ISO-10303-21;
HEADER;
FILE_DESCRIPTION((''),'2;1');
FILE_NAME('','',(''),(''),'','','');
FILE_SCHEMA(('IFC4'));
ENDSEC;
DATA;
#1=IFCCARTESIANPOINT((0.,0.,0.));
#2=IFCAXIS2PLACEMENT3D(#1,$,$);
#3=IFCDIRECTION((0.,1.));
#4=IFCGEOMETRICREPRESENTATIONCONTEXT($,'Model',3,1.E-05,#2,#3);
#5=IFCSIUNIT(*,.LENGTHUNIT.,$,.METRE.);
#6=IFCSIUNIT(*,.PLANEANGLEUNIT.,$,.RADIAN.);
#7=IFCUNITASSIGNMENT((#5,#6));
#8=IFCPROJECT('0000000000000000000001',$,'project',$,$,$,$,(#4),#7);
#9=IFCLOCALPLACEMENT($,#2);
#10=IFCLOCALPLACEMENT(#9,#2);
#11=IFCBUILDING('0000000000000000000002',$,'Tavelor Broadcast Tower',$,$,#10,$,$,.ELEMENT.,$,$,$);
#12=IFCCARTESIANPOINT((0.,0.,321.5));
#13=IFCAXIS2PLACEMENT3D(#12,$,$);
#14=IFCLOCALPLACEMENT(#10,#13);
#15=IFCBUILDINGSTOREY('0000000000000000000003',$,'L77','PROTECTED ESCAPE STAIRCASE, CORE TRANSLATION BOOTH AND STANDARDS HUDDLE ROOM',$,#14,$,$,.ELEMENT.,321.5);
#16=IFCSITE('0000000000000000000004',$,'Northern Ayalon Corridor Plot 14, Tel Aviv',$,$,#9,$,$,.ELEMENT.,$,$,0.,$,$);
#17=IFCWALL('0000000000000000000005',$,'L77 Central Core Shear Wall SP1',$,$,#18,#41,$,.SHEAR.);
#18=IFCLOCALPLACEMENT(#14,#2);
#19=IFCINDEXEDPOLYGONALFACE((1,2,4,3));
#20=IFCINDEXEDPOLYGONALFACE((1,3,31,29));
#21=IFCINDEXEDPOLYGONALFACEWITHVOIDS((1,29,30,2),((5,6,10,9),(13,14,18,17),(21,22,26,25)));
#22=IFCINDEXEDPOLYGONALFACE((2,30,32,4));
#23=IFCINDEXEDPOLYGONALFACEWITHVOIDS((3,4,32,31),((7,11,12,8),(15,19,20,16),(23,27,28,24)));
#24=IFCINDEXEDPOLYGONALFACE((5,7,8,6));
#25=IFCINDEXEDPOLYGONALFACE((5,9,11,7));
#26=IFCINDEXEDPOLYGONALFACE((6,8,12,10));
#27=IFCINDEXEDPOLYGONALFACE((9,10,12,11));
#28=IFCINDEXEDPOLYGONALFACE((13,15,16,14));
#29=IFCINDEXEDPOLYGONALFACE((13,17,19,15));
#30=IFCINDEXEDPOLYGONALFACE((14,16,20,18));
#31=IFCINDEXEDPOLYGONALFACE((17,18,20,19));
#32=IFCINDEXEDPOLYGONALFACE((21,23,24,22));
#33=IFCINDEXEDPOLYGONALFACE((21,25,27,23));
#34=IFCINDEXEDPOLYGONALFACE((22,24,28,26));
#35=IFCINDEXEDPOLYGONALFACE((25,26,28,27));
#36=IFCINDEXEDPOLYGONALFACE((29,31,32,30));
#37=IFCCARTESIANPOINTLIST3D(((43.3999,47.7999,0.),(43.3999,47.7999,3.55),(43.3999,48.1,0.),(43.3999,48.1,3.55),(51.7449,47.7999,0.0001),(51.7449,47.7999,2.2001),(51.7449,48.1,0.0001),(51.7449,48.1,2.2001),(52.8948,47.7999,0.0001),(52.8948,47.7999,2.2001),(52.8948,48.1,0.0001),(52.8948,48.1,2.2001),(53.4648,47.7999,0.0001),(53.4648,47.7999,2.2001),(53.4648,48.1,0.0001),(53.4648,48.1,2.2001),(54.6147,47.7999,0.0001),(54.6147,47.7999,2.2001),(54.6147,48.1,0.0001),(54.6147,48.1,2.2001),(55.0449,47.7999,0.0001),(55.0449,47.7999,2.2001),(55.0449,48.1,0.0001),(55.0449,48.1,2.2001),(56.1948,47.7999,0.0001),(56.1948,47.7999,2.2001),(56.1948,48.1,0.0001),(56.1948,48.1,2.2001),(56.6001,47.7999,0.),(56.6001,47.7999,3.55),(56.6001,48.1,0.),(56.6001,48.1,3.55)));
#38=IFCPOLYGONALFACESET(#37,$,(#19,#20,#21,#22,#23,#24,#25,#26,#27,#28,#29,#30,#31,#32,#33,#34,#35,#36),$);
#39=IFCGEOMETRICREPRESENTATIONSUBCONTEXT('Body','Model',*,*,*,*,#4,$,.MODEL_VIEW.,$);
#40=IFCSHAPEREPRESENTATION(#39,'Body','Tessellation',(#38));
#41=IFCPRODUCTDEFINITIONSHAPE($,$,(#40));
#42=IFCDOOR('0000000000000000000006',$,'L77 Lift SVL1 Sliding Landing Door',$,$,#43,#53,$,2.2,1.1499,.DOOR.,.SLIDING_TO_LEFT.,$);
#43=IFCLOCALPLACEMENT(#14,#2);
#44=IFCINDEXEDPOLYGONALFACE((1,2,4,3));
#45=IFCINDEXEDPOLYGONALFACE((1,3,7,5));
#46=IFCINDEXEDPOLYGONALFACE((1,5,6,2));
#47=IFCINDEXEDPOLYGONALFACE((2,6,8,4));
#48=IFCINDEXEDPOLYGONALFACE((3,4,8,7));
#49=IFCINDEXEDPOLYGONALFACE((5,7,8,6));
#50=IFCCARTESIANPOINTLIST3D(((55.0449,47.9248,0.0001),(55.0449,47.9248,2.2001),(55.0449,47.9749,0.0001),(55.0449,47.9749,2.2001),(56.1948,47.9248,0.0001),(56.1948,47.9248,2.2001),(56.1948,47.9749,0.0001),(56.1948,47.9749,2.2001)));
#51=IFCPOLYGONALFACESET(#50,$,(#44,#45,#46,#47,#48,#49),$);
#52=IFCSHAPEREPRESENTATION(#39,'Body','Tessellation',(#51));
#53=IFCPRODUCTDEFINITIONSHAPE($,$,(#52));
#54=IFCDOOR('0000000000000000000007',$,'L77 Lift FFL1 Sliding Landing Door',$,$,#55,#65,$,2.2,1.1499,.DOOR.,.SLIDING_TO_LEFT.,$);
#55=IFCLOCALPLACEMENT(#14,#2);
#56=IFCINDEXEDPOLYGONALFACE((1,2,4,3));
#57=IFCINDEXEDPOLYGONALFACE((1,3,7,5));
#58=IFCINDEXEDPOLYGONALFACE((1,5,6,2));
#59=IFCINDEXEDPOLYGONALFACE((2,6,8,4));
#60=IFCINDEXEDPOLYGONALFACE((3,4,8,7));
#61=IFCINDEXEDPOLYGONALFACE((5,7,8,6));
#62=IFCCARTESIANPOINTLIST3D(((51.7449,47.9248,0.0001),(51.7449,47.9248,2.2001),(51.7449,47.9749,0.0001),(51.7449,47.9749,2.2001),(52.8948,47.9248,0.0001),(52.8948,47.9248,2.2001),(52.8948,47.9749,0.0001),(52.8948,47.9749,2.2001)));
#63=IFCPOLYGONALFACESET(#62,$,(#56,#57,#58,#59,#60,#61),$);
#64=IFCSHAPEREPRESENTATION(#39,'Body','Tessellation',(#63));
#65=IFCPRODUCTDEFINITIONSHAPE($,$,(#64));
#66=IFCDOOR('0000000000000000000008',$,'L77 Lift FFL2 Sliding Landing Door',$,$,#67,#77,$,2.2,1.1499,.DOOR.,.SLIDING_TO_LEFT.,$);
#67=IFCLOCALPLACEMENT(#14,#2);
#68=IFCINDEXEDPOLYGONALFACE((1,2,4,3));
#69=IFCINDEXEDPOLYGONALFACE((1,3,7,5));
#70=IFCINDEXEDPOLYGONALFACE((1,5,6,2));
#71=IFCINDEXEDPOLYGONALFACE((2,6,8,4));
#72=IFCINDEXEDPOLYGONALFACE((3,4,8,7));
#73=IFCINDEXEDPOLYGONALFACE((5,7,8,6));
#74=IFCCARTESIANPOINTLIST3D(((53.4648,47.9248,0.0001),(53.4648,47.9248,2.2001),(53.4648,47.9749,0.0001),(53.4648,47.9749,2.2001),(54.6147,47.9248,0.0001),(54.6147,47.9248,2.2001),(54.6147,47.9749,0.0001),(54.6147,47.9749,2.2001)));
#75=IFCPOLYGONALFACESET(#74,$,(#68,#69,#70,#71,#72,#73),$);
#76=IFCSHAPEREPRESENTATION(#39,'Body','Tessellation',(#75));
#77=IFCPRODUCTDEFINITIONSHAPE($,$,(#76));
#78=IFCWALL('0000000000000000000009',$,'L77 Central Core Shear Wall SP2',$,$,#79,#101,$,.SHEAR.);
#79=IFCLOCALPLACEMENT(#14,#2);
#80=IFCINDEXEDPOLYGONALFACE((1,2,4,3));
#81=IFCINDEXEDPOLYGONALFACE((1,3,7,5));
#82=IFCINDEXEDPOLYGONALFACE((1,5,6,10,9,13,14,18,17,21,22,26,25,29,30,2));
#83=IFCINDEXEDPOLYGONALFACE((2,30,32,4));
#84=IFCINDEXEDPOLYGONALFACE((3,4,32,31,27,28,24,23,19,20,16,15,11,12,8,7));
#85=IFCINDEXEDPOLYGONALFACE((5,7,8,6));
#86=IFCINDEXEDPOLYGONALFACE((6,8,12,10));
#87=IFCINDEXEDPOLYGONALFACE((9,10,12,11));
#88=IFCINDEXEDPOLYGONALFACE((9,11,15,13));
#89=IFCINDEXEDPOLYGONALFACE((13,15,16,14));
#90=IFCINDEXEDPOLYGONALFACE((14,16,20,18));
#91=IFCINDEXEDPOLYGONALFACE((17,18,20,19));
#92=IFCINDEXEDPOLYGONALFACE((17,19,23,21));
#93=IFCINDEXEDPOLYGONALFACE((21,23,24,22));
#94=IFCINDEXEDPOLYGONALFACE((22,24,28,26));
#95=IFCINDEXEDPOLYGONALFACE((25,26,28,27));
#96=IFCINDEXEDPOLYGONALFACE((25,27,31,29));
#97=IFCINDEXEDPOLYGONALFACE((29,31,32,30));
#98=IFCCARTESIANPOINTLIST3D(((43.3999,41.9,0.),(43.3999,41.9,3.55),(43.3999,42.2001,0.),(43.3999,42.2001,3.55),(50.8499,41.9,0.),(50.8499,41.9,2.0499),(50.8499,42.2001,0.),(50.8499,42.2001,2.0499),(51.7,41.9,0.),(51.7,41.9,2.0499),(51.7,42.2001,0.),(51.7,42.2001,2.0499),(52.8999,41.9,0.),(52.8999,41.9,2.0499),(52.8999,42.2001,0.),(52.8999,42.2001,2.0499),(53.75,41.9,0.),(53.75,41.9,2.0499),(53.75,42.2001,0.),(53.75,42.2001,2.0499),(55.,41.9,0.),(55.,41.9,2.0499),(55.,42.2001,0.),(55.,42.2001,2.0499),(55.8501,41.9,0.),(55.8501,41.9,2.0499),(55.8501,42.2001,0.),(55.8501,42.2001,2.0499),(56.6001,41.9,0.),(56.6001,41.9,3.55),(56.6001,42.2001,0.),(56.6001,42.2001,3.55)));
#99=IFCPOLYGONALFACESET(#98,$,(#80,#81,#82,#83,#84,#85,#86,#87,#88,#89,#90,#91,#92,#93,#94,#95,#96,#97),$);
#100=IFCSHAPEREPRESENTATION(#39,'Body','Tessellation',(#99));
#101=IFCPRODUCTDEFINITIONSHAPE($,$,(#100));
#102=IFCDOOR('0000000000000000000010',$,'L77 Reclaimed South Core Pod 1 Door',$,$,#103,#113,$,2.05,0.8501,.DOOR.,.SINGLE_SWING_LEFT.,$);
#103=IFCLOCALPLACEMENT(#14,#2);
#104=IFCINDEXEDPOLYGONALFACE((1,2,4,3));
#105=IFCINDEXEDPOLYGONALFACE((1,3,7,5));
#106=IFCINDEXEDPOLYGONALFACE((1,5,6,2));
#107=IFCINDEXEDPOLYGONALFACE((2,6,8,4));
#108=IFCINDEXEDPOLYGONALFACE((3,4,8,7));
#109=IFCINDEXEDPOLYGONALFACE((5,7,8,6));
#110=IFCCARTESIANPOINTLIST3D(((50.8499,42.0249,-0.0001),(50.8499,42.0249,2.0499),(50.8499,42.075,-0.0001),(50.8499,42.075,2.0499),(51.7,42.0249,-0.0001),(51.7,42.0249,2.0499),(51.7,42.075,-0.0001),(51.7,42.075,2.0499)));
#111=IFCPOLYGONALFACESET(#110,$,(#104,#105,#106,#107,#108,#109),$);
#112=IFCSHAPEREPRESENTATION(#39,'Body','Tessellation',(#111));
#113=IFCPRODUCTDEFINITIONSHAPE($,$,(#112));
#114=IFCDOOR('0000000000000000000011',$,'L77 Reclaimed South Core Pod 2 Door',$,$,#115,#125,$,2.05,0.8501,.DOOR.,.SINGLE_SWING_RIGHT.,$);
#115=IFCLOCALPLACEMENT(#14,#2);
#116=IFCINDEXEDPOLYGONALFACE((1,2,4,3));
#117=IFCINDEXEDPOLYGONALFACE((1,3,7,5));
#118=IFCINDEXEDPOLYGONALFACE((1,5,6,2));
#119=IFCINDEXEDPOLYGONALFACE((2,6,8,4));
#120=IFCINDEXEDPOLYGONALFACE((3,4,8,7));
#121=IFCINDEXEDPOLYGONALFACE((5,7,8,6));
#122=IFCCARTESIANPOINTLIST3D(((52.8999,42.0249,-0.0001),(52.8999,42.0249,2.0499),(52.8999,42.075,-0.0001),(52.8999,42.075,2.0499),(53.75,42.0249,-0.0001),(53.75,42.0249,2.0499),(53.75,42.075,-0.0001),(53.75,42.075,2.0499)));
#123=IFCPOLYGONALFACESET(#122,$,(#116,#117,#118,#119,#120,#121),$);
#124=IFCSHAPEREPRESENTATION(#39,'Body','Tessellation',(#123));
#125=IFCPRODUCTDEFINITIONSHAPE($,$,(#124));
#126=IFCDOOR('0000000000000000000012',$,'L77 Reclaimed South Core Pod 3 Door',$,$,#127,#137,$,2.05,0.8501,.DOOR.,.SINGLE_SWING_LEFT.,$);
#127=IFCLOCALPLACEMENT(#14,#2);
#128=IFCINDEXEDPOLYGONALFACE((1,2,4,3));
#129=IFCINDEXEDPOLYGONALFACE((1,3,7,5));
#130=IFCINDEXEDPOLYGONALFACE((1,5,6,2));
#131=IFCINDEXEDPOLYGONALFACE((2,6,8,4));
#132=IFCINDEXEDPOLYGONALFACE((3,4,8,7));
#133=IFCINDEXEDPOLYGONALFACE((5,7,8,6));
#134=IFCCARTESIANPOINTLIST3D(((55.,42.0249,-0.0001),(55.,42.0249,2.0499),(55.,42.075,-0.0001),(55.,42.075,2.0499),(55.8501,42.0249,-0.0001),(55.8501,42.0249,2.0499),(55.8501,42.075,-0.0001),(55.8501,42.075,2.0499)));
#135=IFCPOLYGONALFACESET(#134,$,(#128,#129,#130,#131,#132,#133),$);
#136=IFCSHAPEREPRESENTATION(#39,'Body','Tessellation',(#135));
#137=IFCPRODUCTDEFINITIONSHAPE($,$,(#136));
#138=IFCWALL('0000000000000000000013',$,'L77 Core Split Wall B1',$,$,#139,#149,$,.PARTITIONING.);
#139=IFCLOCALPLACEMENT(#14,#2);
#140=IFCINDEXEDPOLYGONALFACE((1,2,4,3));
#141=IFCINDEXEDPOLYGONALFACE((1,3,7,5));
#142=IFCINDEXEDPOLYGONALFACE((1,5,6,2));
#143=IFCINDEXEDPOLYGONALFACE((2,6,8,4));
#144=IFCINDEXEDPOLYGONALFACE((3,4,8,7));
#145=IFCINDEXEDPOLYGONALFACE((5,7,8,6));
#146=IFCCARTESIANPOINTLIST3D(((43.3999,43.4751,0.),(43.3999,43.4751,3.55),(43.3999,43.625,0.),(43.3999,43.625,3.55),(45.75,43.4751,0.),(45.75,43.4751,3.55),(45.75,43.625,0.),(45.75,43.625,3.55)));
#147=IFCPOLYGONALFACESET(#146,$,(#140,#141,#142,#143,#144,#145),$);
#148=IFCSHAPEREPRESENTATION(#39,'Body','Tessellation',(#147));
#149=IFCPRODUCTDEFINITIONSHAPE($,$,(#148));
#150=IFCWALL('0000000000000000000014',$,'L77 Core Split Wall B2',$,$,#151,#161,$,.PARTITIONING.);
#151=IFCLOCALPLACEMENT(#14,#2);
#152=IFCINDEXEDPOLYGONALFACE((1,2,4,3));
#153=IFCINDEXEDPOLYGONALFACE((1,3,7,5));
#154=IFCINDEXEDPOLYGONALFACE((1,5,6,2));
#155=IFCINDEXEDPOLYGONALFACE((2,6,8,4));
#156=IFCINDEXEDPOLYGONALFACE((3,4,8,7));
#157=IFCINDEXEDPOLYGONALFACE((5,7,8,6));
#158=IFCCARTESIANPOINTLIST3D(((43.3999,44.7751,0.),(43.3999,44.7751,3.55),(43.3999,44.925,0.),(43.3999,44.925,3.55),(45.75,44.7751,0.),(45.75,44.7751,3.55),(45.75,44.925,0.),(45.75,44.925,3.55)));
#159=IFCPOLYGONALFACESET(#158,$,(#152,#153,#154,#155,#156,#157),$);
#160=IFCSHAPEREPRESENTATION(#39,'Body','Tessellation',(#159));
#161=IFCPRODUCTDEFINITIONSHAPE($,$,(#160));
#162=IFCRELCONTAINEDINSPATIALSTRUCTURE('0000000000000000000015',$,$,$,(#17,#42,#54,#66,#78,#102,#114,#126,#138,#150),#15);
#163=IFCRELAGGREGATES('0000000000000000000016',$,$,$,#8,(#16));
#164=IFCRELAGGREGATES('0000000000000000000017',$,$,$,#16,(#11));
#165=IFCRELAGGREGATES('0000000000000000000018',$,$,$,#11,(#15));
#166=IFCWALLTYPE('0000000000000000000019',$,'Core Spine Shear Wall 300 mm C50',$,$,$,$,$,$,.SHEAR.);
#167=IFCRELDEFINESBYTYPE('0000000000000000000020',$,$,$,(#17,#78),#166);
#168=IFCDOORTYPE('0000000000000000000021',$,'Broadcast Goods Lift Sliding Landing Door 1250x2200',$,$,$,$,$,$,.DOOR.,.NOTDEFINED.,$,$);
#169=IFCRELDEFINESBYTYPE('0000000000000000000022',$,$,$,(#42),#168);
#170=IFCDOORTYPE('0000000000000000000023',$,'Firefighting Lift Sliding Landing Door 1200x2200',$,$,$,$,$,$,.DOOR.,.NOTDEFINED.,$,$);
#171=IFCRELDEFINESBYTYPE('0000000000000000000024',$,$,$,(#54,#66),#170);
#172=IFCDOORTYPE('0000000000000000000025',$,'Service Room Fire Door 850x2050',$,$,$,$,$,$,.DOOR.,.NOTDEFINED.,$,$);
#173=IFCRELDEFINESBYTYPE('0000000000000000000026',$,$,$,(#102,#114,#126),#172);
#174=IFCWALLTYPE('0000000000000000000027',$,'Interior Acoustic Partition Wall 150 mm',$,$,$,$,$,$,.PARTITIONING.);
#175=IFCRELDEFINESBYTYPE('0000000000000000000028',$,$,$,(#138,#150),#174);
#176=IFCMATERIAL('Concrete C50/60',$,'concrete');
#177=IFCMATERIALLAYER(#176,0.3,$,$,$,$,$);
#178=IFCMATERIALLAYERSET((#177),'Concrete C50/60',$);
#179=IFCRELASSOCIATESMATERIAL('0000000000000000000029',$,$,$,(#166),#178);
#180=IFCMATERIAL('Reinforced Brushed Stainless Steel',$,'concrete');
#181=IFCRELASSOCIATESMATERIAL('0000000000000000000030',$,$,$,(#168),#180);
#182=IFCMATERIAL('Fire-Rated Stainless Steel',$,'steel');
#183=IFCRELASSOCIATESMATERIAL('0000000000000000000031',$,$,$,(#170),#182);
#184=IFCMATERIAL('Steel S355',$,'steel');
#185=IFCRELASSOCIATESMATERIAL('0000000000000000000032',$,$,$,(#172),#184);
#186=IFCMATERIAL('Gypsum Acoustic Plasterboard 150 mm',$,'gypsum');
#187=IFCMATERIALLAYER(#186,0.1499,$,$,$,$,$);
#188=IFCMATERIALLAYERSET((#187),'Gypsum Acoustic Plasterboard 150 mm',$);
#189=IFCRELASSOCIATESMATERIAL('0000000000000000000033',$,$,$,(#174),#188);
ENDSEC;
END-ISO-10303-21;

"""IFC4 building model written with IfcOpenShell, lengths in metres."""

from ifc_helpers import new_model, si_unit, direction, frame, frame_2d, origin, place, context, subcontext, project, spatial, rectangle, extrude, material, layer, layer_set, type_object, element, fill, save


model = new_model("IFC4")

# Units and contexts
model_context = context("Model", 3, precision=1e-05, world=origin(), true_north=direction((0.0, 1.0)))
body_context = subcontext(model_context, "Body", "Model", "MODEL_VIEW")
ifc_project = project(units=[si_unit("LENGTHUNIT", "METRE"), si_unit("PLANEANGLEUNIT", "RADIAN")], contexts=[model_context])

# Site, building, storey
site_placement = place(None, origin())
site = spatial("IfcSite", under=ifc_project, at=site_placement, Name="Northern Ayalon Corridor Plot 14, Tel Aviv", CompositionType="ELEMENT", RefElevation=0.0)
building_placement = place(site_placement, origin())
building = spatial("IfcBuilding", under=site, at=building_placement, Name="Tavelor Broadcast Tower", CompositionType="ELEMENT")
storey_placement = place(building_placement, frame((0.0, 0.0, 321.5)))
storey = spatial("IfcBuildingStorey", under=building, at=storey_placement, Name="L77", Description="PROTECTED ESCAPE STAIRCASE, CORE TRANSLATION BOOTH AND STANDARDS HUDDLE ROOM", CompositionType="ELEMENT", Elevation=321.5)

# Shared definitions
ifc_material_1 = material(Name="Concrete C50/60", Category="concrete")

# Shared definitions
ifc_material_2 = material(Name="Steel S355", Category="steel")

# Walls, openings, doors
ifc_layer_1 = layer(ifc_material_1, 0.3)
ifc_layer_set_1 = layer_set([ifc_layer_1], Name="Concrete C50/60")
wall_type_1 = type_object("IfcWallType", Name="Core Spine Shear Wall 300 mm C50", PredefinedType="SHEAR", material=ifc_layer_set_1)
wall_1_placement = place(storey_placement, frame((43.3999, 47.95, 0.0), z_axis=(0.0, 0.0, 1.0), x_axis=(1.0, 0.0, 0.0)))
wall_1 = element("IfcWall", 1, at=wall_1_placement, inside=storey, type_object=wall_type_1, Name="L77 Central Core Shear Wall SP1", PredefinedType="SHEAR", context=body_context, shape_type="SweptSolid", body=[
    extrude(rectangle(XDim=13.2002, YDim=0.3, at=frame_2d((6.6001, 0.0))), origin(), (0.0, 0.0, 1.0), 3.55),
])
opening_1_placement = place(wall_1_placement, frame((8.345, 0.0, 0.0)))
opening_1 = element("IfcOpeningElement", 2, at=opening_1_placement, cuts=wall_1, PredefinedType="OPENING", context=body_context, shape_type="SweptSolid", body=[
    extrude(rectangle(XDim=1.1499, YDim=2.2, at=frame_2d((0.575, 1.1001))), frame((0.0, 0.1602, 0.0), z_axis=(0.0, -1.0, 0.0), x_axis=(1.0, 0.0, 0.0)), (0.0, 0.0, 1.0), 0.3201),
])
opening_2_placement = place(wall_1_placement, frame((10.0649, 0.0, 0.0)))
opening_2 = element("IfcOpeningElement", 3, at=opening_2_placement, cuts=wall_1, PredefinedType="OPENING", context=body_context, shape_type="SweptSolid", body=[
    extrude(rectangle(XDim=1.1499, YDim=2.2, at=frame_2d((0.575, 1.1001))), frame((0.0, 0.1602, 0.0), z_axis=(0.0, -1.0, 0.0), x_axis=(1.0, 0.0, 0.0)), (0.0, 0.0, 1.0), 0.3201),
])
opening_3_placement = place(wall_1_placement, frame((11.645, 0.0, 0.0)))
opening_3 = element("IfcOpeningElement", 4, at=opening_3_placement, cuts=wall_1, PredefinedType="OPENING", context=body_context, shape_type="SweptSolid", body=[
    extrude(rectangle(XDim=1.1499, YDim=2.2, at=frame_2d((0.575, 1.1001))), frame((0.0, 0.1602, 0.0), z_axis=(0.0, -1.0, 0.0), x_axis=(1.0, 0.0, 0.0)), (0.0, 0.0, 1.0), 0.3201),
])
ifc_material_3 = material(Name="Reinforced Brushed Stainless Steel", Category="concrete")
door_type_1 = type_object("IfcDoorType", Name="Broadcast Goods Lift Sliding Landing Door 1250x2200", OperationType="NOTDEFINED", PredefinedType="DOOR", material=ifc_material_3)
door_1_placement = place(opening_3_placement, origin())
door_1 = element("IfcDoor", 5, at=door_1_placement, inside=storey, type_object=door_type_1, Name="L77 Lift SVL1 Sliding Landing Door", OperationType="SLIDING_TO_LEFT", OverallHeight=2.2, OverallWidth=1.1499, PredefinedType="DOOR", context=body_context, shape_type="SweptSolid", body=[
    extrude(rectangle(XDim=1.1499, YDim=2.2, at=frame_2d((0.575, 1.1001))), frame((0.0, 0.0249, 0.0), z_axis=(0.0, -1.0, 0.0), x_axis=(1.0, 0.0, 0.0)), (0.0, 0.0, 1.0), 0.05),
])
fill(opening_3, door_1)
ifc_material_4 = material(Name="Fire-Rated Stainless Steel", Category="steel")
door_type_2 = type_object("IfcDoorType", Name="Firefighting Lift Sliding Landing Door 1200x2200", OperationType="NOTDEFINED", PredefinedType="DOOR", material=ifc_material_4)
door_2_placement = place(opening_1_placement, origin())
door_2 = element("IfcDoor", 6, at=door_2_placement, inside=storey, type_object=door_type_2, Name="L77 Lift FFL1 Sliding Landing Door", OperationType="SLIDING_TO_LEFT", OverallHeight=2.2, OverallWidth=1.1499, PredefinedType="DOOR", context=body_context, shape_type="SweptSolid", body=[
    extrude(rectangle(XDim=1.1499, YDim=2.2, at=frame_2d((0.575, 1.1001))), frame((0.0, 0.0249, 0.0), z_axis=(0.0, -1.0, 0.0), x_axis=(1.0, 0.0, 0.0)), (0.0, 0.0, 1.0), 0.05),
])
fill(opening_1, door_2)
door_3_placement = place(opening_2_placement, origin())
door_3 = element("IfcDoor", 7, at=door_3_placement, inside=storey, type_object=door_type_2, Name="L77 Lift FFL2 Sliding Landing Door", OperationType="SLIDING_TO_LEFT", OverallHeight=2.2, OverallWidth=1.1499, PredefinedType="DOOR", context=body_context, shape_type="SweptSolid", body=[
    extrude(rectangle(XDim=1.1499, YDim=2.2, at=frame_2d((0.575, 1.1001))), frame((0.0, 0.0249, 0.0), z_axis=(0.0, -1.0, 0.0), x_axis=(1.0, 0.0, 0.0)), (0.0, 0.0, 1.0), 0.05),
])
fill(opening_2, door_3)
wall_2_placement = place(storey_placement, frame((43.3999, 42.05, 0.0), z_axis=(0.0, 0.0, 1.0), x_axis=(1.0, 0.0, 0.0)))
wall_2 = element("IfcWall", 8, at=wall_2_placement, inside=storey, type_object=wall_type_1, Name="L77 Central Core Shear Wall SP2", PredefinedType="SHEAR", context=body_context, shape_type="SweptSolid", body=[
    extrude(rectangle(XDim=13.2002, YDim=0.3, at=frame_2d((6.6001, 0.0))), origin(), (0.0, 0.0, 1.0), 3.55),
])
opening_4_placement = place(wall_2_placement, frame((7.45, 0.0, 0.0)))
opening_4 = element("IfcOpeningElement", 9, at=opening_4_placement, cuts=wall_2, PredefinedType="OPENING", context=body_context, shape_type="SweptSolid", body=[
    extrude(rectangle(XDim=0.8501, YDim=2.05, at=frame_2d((0.425, 1.0249))), frame((0.0, 0.1602, 0.0), z_axis=(0.0, -1.0, 0.0), x_axis=(1.0, 0.0, 0.0)), (0.0, 0.0, 1.0), 0.3201),
])
opening_5_placement = place(wall_2_placement, frame((9.5, 0.0, 0.0)))
opening_5 = element("IfcOpeningElement", 10, at=opening_5_placement, cuts=wall_2, PredefinedType="OPENING", context=body_context, shape_type="SweptSolid", body=[
    extrude(rectangle(XDim=0.8501, YDim=2.05, at=frame_2d((0.425, 1.0249))), frame((0.0, 0.1602, 0.0), z_axis=(0.0, -1.0, 0.0), x_axis=(1.0, 0.0, 0.0)), (0.0, 0.0, 1.0), 0.3201),
])
opening_6_placement = place(wall_2_placement, frame((11.6001, 0.0, 0.0)))
opening_6 = element("IfcOpeningElement", 11, at=opening_6_placement, cuts=wall_2, PredefinedType="OPENING", context=body_context, shape_type="SweptSolid", body=[
    extrude(rectangle(XDim=0.8501, YDim=2.05, at=frame_2d((0.425, 1.0249))), frame((0.0, 0.1602, 0.0), z_axis=(0.0, -1.0, 0.0), x_axis=(1.0, 0.0, 0.0)), (0.0, 0.0, 1.0), 0.3201),
])
door_type_3 = type_object("IfcDoorType", Name="Service Room Fire Door 850x2050", OperationType="NOTDEFINED", PredefinedType="DOOR", material=ifc_material_2)
door_4_placement = place(opening_4_placement, origin())
door_4 = element("IfcDoor", 12, at=door_4_placement, inside=storey, type_object=door_type_3, Name="L77 Reclaimed South Core Pod 1 Door", OperationType="SINGLE_SWING_LEFT", OverallHeight=2.05, OverallWidth=0.8501, PredefinedType="DOOR", context=body_context, shape_type="SweptSolid", body=[
    extrude(rectangle(XDim=0.8501, YDim=2.05, at=frame_2d((0.425, 1.0249))), frame((0.0, 0.0249, 0.0), z_axis=(0.0, -1.0, 0.0), x_axis=(1.0, 0.0, 0.0)), (0.0, 0.0, 1.0), 0.05),
])
fill(opening_4, door_4)
door_5_placement = place(opening_5_placement, origin())
door_5 = element("IfcDoor", 13, at=door_5_placement, inside=storey, type_object=door_type_3, Name="L77 Reclaimed South Core Pod 2 Door", OperationType="SINGLE_SWING_RIGHT", OverallHeight=2.05, OverallWidth=0.8501, PredefinedType="DOOR", context=body_context, shape_type="SweptSolid", body=[
    extrude(rectangle(XDim=0.8501, YDim=2.05, at=frame_2d((0.425, 1.0249))), frame((0.0, 0.0249, 0.0), z_axis=(0.0, -1.0, 0.0), x_axis=(1.0, 0.0, 0.0)), (0.0, 0.0, 1.0), 0.05),
])
fill(opening_5, door_5)
door_6_placement = place(opening_6_placement, origin())
door_6 = element("IfcDoor", 14, at=door_6_placement, inside=storey, type_object=door_type_3, Name="L77 Reclaimed South Core Pod 3 Door", OperationType="SINGLE_SWING_LEFT", OverallHeight=2.05, OverallWidth=0.8501, PredefinedType="DOOR", context=body_context, shape_type="SweptSolid", body=[
    extrude(rectangle(XDim=0.8501, YDim=2.05, at=frame_2d((0.425, 1.0249))), frame((0.0, 0.0249, 0.0), z_axis=(0.0, -1.0, 0.0), x_axis=(1.0, 0.0, 0.0)), (0.0, 0.0, 1.0), 0.05),
])
fill(opening_6, door_6)

# Walls
ifc_material_5 = material(Name="Gypsum Acoustic Plasterboard 150 mm", Category="gypsum")
ifc_layer_2 = layer(ifc_material_5, 0.1499)
ifc_layer_set_2 = layer_set([ifc_layer_2], Name="Gypsum Acoustic Plasterboard 150 mm")
wall_type_2 = type_object("IfcWallType", Name="Interior Acoustic Partition Wall 150 mm", PredefinedType="PARTITIONING", material=ifc_layer_set_2)
for number, where, z_axis, x_axis, name in (
    (15, (43.3999, 43.55, 0.0), (0.0, 0.0, 1.0), (1.0, 0.0, 0.0), "L77 Core Split Wall B1"),
    (16, (43.3999, 44.8501, 0.0), (0.0, 0.0, 1.0), (1.0, 0.0, 0.0), "L77 Core Split Wall B2"),
):
    element("IfcWall", number, at=place(storey_placement, frame(where, z_axis=z_axis, x_axis=x_axis)), inside=storey, type_object=wall_type_2, Name=name, PredefinedType="PARTITIONING", context=body_context, shape_type="SweptSolid", body=[
        extrude(rectangle(XDim=2.3501, YDim=0.1499, at=frame_2d((1.175, 0.0))), origin(), (0.0, 0.0, 1.0), 3.55),
    ])

save(model, "model.ifc")
